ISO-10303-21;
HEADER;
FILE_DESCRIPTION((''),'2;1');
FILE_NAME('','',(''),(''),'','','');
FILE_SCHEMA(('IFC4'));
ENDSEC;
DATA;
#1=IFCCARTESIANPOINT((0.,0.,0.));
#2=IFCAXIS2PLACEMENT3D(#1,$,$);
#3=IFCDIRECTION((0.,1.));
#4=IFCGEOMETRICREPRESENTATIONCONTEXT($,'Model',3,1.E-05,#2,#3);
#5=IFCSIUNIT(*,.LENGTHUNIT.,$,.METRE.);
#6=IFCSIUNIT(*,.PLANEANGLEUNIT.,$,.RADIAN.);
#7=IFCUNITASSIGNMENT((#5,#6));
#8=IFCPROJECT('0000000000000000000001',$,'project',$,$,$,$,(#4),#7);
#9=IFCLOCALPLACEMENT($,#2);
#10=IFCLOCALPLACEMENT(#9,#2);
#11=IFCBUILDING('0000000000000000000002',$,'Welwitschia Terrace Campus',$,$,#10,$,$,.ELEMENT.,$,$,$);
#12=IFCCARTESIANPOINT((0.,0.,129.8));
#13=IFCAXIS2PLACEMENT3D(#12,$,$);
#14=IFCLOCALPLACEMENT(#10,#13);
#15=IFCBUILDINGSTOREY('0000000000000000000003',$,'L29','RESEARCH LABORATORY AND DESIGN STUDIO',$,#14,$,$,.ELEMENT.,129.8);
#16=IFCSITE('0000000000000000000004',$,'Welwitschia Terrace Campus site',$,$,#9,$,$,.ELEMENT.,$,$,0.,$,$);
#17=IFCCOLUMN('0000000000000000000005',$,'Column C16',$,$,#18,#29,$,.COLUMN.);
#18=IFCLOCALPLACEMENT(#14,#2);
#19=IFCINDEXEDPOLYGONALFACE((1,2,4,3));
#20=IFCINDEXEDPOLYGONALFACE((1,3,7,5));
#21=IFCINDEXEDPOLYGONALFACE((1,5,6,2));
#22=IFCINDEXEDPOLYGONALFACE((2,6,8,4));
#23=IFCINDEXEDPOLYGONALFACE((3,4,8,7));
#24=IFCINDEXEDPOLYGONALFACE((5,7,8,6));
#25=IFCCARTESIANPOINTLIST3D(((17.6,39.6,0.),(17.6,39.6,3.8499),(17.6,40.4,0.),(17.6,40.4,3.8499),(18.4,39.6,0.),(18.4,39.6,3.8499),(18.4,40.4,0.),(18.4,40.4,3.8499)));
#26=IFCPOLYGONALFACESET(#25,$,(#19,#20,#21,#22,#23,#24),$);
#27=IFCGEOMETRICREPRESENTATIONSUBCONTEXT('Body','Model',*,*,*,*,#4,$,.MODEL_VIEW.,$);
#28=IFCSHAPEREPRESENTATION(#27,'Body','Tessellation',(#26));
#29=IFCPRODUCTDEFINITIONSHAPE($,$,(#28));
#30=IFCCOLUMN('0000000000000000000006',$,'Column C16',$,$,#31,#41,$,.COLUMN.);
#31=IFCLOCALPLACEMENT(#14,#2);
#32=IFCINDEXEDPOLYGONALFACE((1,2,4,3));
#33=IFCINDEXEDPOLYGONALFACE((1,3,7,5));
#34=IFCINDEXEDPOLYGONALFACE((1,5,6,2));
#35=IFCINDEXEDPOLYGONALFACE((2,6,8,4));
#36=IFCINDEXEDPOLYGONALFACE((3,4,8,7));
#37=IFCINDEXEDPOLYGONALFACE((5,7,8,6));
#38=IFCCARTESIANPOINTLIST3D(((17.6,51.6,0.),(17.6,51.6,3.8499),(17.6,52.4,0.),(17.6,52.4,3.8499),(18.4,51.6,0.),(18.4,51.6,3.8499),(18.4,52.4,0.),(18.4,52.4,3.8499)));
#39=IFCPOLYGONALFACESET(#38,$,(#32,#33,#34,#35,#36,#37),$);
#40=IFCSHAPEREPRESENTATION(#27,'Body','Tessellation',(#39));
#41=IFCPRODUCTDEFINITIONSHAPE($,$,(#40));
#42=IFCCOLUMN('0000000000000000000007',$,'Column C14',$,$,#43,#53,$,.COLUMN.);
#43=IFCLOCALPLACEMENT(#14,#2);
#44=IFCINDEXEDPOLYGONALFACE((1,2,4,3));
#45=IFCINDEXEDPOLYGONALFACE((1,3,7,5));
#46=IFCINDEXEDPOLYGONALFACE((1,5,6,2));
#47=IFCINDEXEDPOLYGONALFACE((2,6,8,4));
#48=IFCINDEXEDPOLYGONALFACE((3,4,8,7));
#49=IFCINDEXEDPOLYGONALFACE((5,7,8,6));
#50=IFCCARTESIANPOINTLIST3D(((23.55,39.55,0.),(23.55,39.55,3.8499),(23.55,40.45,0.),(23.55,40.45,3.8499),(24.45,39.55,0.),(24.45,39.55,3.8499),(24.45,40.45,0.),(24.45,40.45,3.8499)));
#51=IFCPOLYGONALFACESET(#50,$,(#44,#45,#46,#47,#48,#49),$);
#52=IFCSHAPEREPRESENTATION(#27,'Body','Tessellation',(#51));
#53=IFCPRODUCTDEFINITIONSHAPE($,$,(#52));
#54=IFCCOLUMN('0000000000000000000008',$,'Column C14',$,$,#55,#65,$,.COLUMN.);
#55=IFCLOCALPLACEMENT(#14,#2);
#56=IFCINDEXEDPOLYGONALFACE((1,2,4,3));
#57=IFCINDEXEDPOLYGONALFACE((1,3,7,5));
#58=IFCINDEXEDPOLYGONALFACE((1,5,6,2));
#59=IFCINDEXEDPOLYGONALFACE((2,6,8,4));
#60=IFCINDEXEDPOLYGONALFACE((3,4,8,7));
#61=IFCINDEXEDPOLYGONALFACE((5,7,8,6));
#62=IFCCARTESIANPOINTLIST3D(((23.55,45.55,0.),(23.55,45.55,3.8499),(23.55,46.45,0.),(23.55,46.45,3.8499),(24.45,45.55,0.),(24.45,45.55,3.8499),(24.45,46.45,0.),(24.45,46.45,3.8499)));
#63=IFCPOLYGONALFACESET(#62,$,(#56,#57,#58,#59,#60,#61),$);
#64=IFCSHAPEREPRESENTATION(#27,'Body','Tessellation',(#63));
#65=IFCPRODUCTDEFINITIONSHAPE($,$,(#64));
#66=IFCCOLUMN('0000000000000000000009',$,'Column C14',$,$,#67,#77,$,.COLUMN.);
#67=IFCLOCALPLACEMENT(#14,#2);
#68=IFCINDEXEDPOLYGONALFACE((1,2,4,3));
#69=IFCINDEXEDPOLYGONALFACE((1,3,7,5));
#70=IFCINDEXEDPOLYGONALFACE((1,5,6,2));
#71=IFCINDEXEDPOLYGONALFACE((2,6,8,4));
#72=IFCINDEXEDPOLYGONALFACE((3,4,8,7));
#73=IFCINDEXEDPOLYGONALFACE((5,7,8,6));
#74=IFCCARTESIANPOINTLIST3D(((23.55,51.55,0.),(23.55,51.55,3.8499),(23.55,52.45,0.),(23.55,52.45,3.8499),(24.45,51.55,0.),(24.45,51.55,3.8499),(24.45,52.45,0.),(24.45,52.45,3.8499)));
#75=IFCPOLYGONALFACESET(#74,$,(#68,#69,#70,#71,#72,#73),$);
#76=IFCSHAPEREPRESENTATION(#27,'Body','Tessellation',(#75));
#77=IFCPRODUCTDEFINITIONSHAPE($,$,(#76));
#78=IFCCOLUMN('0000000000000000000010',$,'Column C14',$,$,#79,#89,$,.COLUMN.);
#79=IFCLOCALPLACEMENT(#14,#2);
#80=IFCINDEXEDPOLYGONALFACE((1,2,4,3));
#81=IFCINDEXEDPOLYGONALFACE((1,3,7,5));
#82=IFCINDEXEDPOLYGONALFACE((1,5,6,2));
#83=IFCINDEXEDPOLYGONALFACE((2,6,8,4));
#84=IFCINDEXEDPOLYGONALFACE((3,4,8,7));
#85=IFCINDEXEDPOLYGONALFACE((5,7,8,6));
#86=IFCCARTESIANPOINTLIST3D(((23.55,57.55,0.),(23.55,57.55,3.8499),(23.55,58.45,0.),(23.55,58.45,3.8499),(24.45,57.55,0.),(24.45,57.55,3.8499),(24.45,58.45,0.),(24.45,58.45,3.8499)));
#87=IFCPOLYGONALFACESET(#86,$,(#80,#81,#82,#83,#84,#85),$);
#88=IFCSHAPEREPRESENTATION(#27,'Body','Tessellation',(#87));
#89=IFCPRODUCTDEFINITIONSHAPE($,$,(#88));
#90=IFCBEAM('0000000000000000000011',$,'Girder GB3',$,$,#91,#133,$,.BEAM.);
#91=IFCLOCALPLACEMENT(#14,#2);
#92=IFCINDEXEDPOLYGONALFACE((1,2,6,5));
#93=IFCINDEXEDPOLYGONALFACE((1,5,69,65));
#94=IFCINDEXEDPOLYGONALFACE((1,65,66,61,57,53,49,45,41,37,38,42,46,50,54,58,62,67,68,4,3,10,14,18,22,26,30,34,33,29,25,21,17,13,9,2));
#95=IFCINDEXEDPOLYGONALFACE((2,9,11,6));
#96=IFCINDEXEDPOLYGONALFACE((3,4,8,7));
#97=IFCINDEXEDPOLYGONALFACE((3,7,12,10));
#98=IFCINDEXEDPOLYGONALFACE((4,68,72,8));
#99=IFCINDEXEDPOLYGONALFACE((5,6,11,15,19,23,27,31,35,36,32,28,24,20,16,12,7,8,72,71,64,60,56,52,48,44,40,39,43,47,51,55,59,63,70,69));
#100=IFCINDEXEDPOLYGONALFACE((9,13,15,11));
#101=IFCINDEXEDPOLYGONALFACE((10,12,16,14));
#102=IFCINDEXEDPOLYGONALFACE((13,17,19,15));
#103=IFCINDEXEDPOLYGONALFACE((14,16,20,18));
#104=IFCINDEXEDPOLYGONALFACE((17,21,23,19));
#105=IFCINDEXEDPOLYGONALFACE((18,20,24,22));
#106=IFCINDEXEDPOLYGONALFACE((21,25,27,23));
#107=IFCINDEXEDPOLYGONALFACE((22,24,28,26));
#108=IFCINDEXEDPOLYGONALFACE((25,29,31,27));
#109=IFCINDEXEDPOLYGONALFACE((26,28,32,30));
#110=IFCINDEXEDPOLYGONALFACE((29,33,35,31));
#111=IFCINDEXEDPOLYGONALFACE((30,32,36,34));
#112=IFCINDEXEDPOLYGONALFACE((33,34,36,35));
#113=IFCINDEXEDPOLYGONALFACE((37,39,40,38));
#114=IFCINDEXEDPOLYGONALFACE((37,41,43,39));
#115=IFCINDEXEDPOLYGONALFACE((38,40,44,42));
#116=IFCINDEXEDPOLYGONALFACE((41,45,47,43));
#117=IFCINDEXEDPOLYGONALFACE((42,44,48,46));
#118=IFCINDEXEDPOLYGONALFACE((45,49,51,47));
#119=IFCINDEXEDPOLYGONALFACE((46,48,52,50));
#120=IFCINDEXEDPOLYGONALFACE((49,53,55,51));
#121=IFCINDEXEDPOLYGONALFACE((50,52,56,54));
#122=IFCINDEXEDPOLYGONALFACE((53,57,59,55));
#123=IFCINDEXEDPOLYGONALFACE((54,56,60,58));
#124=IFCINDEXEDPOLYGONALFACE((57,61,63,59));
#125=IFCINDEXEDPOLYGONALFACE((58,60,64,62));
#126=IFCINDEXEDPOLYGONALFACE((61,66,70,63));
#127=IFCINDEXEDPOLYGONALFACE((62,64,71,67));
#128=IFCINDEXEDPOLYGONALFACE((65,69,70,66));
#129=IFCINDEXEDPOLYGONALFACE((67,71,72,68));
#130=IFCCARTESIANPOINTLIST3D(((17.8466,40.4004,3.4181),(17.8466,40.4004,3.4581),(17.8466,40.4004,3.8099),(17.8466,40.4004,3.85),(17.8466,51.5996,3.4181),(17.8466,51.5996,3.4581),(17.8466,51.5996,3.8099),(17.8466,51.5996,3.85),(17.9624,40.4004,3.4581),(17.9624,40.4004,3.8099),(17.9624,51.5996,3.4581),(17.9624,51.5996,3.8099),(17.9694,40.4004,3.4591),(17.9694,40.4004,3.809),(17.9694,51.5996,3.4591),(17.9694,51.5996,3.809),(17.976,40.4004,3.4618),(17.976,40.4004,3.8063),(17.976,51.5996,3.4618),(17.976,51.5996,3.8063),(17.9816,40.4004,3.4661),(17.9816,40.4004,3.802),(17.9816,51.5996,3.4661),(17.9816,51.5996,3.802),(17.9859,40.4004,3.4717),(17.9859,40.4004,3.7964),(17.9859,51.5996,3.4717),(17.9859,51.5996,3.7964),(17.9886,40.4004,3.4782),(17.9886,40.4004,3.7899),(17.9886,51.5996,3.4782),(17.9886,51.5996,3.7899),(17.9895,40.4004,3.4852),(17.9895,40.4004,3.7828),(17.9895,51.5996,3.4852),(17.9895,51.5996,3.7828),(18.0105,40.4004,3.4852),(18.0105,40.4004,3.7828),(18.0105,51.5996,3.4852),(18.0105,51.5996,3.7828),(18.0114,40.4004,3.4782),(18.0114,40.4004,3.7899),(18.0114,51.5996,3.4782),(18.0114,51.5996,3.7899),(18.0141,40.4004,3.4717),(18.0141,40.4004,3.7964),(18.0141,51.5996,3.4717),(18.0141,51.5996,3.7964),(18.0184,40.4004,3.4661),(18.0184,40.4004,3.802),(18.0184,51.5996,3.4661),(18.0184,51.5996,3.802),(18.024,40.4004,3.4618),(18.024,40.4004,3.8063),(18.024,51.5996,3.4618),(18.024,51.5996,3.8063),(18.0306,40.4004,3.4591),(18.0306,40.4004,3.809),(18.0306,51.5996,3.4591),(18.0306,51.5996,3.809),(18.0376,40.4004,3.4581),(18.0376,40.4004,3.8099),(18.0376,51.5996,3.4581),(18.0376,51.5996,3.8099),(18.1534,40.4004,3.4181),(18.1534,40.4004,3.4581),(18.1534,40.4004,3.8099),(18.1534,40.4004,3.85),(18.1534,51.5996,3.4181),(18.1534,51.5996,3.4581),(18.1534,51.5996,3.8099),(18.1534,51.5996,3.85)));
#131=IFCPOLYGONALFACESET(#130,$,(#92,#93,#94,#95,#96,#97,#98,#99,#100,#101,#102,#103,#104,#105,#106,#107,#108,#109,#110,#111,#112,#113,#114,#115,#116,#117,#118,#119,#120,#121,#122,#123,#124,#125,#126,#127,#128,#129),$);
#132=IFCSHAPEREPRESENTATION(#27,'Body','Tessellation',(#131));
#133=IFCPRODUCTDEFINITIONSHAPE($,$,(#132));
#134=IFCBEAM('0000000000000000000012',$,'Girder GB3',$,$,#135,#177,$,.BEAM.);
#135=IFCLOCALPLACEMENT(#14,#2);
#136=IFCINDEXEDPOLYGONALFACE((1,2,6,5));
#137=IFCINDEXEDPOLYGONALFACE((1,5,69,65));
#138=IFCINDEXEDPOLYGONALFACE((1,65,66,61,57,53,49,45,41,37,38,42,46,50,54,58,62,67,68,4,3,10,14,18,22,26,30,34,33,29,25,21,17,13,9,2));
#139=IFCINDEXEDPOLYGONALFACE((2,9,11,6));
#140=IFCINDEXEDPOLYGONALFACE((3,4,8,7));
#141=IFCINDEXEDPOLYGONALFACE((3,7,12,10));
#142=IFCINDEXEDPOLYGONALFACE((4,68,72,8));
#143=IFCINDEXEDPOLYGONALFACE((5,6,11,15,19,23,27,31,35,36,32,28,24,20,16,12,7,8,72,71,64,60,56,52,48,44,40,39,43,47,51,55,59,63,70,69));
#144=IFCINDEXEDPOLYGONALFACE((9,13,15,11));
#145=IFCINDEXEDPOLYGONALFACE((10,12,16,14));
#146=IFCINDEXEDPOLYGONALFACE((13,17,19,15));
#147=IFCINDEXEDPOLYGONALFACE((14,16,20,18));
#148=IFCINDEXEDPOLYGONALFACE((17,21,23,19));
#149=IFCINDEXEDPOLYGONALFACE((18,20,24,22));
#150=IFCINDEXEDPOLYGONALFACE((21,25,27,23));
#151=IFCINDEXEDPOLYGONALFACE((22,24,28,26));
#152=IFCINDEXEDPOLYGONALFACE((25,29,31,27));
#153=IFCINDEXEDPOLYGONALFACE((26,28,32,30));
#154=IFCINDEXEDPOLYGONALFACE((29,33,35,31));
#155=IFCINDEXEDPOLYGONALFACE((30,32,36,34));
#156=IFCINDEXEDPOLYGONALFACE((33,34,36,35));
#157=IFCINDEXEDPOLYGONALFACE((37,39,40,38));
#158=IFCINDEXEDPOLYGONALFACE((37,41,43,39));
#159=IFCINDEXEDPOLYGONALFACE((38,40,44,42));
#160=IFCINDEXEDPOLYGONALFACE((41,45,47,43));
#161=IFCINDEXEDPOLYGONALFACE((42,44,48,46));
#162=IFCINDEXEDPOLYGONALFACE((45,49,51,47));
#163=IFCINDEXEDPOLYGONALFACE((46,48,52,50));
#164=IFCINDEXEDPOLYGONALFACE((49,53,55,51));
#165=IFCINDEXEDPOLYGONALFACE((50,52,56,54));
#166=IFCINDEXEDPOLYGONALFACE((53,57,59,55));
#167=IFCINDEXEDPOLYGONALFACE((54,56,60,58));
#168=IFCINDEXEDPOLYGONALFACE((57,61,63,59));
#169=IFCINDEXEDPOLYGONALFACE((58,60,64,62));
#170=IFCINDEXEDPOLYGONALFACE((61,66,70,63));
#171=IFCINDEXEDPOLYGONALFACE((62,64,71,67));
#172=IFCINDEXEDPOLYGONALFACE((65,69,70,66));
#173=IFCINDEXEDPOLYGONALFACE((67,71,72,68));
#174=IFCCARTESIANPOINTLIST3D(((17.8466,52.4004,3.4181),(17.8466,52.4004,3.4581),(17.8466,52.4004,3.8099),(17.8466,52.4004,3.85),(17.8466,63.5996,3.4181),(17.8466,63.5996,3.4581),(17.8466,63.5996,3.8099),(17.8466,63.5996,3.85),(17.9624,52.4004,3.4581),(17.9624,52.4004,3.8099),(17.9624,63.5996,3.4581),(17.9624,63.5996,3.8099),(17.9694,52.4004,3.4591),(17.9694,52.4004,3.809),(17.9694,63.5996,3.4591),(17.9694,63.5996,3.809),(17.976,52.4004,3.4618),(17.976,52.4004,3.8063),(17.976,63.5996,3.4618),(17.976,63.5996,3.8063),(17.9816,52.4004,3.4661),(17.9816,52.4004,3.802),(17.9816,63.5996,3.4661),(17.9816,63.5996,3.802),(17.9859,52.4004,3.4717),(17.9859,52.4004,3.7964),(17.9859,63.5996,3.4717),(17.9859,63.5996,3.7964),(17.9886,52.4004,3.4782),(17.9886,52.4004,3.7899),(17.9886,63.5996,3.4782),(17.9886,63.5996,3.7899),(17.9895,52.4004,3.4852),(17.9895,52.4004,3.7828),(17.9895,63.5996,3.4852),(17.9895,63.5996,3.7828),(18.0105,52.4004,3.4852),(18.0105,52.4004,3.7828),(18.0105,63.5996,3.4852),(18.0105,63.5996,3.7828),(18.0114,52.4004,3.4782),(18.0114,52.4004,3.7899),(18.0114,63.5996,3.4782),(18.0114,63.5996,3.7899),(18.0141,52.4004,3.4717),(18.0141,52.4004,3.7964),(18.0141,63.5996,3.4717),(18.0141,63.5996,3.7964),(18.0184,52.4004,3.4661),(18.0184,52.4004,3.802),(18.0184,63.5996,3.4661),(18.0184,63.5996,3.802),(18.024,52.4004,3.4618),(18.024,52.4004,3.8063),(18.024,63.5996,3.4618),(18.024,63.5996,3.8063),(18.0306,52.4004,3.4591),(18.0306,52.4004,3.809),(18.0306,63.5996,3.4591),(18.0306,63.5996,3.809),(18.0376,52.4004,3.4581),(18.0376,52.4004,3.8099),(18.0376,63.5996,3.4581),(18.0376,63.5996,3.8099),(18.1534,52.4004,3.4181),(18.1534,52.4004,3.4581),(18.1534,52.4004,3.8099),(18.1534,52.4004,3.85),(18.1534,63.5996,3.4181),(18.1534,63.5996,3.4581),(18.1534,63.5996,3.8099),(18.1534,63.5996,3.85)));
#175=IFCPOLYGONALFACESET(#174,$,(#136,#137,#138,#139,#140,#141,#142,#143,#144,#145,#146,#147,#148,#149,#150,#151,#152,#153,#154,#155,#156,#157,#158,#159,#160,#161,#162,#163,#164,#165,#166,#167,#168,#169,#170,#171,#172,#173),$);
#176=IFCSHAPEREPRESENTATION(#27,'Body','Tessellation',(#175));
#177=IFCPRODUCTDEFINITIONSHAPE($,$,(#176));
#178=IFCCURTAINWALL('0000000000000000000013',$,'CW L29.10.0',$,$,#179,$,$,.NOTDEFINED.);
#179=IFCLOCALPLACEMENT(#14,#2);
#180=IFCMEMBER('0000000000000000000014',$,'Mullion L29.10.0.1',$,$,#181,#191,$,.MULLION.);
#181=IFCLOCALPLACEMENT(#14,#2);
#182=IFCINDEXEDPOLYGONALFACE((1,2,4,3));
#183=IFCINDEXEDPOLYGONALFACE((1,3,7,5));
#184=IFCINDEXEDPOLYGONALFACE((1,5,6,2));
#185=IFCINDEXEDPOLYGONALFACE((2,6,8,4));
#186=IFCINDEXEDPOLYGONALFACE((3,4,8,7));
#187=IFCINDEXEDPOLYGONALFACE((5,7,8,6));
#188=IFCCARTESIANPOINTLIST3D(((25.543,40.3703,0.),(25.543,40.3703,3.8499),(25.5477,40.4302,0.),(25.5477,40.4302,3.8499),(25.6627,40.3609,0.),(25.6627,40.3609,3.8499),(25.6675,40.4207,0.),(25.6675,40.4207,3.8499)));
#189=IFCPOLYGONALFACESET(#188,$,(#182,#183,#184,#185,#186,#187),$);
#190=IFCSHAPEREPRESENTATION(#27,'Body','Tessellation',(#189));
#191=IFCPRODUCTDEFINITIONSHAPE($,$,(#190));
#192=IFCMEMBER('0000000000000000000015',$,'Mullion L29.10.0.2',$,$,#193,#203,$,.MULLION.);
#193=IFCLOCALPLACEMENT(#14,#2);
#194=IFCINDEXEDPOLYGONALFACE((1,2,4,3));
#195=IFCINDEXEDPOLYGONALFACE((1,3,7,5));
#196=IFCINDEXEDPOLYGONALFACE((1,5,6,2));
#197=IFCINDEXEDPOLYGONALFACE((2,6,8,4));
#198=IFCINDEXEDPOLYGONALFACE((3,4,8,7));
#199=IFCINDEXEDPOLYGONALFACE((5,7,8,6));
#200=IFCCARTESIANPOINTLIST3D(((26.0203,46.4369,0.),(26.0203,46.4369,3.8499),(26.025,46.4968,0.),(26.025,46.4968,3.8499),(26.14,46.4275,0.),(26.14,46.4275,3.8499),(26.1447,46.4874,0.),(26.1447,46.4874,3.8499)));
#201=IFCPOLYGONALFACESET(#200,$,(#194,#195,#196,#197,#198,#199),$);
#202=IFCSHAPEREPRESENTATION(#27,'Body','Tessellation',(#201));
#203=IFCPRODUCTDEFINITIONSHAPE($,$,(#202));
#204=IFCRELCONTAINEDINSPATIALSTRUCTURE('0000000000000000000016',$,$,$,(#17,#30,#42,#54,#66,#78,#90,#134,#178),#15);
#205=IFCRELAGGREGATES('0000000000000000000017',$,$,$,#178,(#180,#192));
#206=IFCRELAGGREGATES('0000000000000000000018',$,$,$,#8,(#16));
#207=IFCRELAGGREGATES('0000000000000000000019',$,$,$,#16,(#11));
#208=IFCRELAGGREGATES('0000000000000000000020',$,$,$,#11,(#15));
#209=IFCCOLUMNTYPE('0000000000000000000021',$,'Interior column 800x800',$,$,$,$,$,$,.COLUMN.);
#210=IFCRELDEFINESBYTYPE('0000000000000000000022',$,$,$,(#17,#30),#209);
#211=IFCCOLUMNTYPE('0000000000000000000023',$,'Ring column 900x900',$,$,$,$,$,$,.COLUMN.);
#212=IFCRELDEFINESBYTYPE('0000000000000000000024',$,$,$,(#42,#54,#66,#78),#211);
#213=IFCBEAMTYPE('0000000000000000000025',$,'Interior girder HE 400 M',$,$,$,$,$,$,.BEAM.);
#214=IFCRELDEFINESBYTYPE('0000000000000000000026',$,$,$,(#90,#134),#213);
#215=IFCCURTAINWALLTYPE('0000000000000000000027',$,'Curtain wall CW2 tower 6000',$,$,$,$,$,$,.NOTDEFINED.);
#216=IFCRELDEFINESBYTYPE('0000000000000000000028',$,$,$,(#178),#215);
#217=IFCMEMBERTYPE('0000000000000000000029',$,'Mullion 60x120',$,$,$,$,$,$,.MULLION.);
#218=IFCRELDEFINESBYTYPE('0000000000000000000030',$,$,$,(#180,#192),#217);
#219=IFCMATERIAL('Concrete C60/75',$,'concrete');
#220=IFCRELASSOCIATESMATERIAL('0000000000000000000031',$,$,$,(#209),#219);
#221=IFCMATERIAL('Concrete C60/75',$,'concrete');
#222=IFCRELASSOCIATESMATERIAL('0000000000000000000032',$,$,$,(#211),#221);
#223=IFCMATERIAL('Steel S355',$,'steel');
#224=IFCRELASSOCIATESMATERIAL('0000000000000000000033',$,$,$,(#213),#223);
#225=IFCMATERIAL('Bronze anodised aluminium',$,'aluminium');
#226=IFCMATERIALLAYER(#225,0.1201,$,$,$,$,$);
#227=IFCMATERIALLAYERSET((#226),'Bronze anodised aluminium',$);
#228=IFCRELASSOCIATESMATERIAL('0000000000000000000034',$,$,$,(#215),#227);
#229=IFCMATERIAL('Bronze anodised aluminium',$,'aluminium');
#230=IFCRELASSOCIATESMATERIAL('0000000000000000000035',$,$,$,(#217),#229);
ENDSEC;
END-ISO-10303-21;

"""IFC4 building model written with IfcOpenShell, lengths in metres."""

from ifc_helpers import new_model, si_unit, direction, frame, origin, origin_2d, place, context, subcontext, project, spatial, rectangle, i_section, extrude, material, layer, layer_set, material_profile, profile_set, type_object, element, aggregate, save


model = new_model("IFC4")

# Units and contexts
model_context = context("Model", 3, precision=1e-05, world=origin(), true_north=direction((0.0, 1.0)))
body_context = subcontext(model_context, "Body", "Model", "MODEL_VIEW")
ifc_project = project(units=[si_unit("LENGTHUNIT", "METRE"), si_unit("PLANEANGLEUNIT", "RADIAN")], contexts=[model_context])

# Site, building, storey
site_placement = place(None, origin())
site = spatial("IfcSite", under=ifc_project, at=site_placement, Name="Welwitschia Terrace Campus site", CompositionType="ELEMENT", RefElevation=0.0)
building_placement = place(site_placement, origin())
building = spatial("IfcBuilding", under=site, at=building_placement, Name="Welwitschia Terrace Campus", CompositionType="ELEMENT")
storey_placement = place(building_placement, frame((0.0, 0.0, 129.8)))
storey = spatial("IfcBuildingStorey", under=building, at=storey_placement, Name="L29", Description="RESEARCH LABORATORY AND DESIGN STUDIO", CompositionType="ELEMENT", Elevation=129.8)

# Columns
ifc_material_1 = material(Name="Concrete C60/75", Category="concrete")
ifc_material_profile_1 = material_profile(ifc_material_1, rectangle(XDim=0.8, YDim=0.8, at=origin_2d()))
ifc_profile_set_1 = profile_set([ifc_material_profile_1], Name="Concrete C60/75")
column_type_1 = type_object("IfcColumnType", Name="Interior column 800x800", PredefinedType="COLUMN", material=ifc_profile_set_1)
for number, where, z_axis, x_axis, name in (
    (1, (18.0, 40.0, 0.0), (0.0, 0.0, 1.0), (1.0, 0.0, 0.0), "Column C16"),
    (2, (18.0, 52.0, 0.0), (0.0, 0.0, 1.0), (1.0, 0.0, 0.0), "Column C16"),
):
    element("IfcColumn", number, at=place(storey_placement, frame(where, z_axis=z_axis, x_axis=x_axis)), inside=storey, type_object=column_type_1, Name=name, PredefinedType="COLUMN", context=body_context, shape_type="SweptSolid", body=[
        extrude(rectangle(XDim=0.8, YDim=0.8, at=origin_2d()), origin(), (0.0, 0.0, 1.0), 3.8499),
    ])
ifc_material_2 = material(Name="Concrete C60/75", Category="concrete")
ifc_material_profile_2 = material_profile(ifc_material_2, rectangle(XDim=0.8999, YDim=0.8999, at=origin_2d()))
ifc_profile_set_2 = profile_set([ifc_material_profile_2], Name="Concrete C60/75")
column_type_2 = type_object("IfcColumnType", Name="Ring column 900x900", PredefinedType="COLUMN", material=ifc_profile_set_2)
for number, where, z_axis, x_axis, name in (
    (3, (24.0, 40.0, 0.0), (0.0, 0.0, 1.0), (1.0, 0.0, 0.0), "Column C14"),
    (4, (24.0, 46.0, 0.0), (0.0, 0.0, 1.0), (1.0, 0.0, 0.0), "Column C14"),
    (5, (24.0, 52.0, 0.0), (0.0, 0.0, 1.0), (1.0, 0.0, 0.0), "Column C14"),
    (6, (24.0, 58.0, 0.0), (0.0, 0.0, 1.0), (1.0, 0.0, 0.0), "Column C14"),
):
    element("IfcColumn", number, at=place(storey_placement, frame(where, z_axis=z_axis, x_axis=x_axis)), inside=storey, type_object=column_type_2, Name=name, PredefinedType="COLUMN", context=body_context, shape_type="SweptSolid", body=[
        extrude(rectangle(XDim=0.8999, YDim=0.8999, at=origin_2d()), origin(), (0.0, 0.0, 1.0), 3.8499),
    ])

# Beams
ifc_material_3 = material(Name="Steel S355", Category="steel")
ifc_material_profile_3 = material_profile(ifc_material_3, i_section(OverallWidth=0.3069, OverallDepth=0.4319, WebThickness=0.021, FlangeThickness=0.04, FilletRadius=0.0271, at=origin_2d()))
ifc_profile_set_3 = profile_set([ifc_material_profile_3], Name="Steel S355")
beam_type_1 = type_object("IfcBeamType", Name="Interior girder HE 400 M", PredefinedType="BEAM", material=ifc_profile_set_3)
for number, where, z_axis, x_axis, name in (
    (7, (18.0, 40.4004, 3.634), (0.0, 1.0, 0.0), (-1.0, 0.0, 0.0), "Girder GB3"),
    (8, (18.0, 52.4004, 3.634), (0.0, 1.0, 0.0), (-1.0, 0.0, 0.0), "Girder GB3"),
):
    element("IfcBeam", number, at=place(storey_placement, frame(where, z_axis=z_axis, x_axis=x_axis)), inside=storey, type_object=beam_type_1, Name=name, PredefinedType="BEAM", context=body_context, shape_type="SweptSolid", body=[
        extrude(i_section(OverallWidth=0.3069, OverallDepth=0.4319, WebThickness=0.021, FlangeThickness=0.04, FilletRadius=0.0271, at=origin_2d()), origin(), (0.0, 0.0, 1.0), 11.1992),
    ])

# Curtain wall, members
ifc_material_4 = material(Name="Bronze anodised aluminium", Category="aluminium")
ifc_layer_1 = layer(ifc_material_4, 0.1201)
ifc_layer_set_1 = layer_set([ifc_layer_1], Name="Bronze anodised aluminium")
curtain_wall_type = type_object("IfcCurtainWallType", Name="Curtain wall CW2 tower 6000", PredefinedType="NOTDEFINED", material=ifc_layer_set_1)
curtain_wall_placement = place(storey_placement, origin())
curtain_wall = element("IfcCurtainWall", 9, at=curtain_wall_placement, inside=storey, type_object=curtain_wall_type, Name="CW L29.10.0", PredefinedType="NOTDEFINED")
ifc_material_5 = material(Name="Bronze anodised aluminium", Category="aluminium")
ifc_material_profile_4 = material_profile(ifc_material_5, rectangle(XDim=0.1201, YDim=0.0601, at=origin_2d()))
ifc_profile_set_4 = profile_set([ifc_material_profile_4], Name="Bronze anodised aluminium")
member_type = type_object("IfcMemberType", Name="Mullion 60x120", PredefinedType="MULLION", material=ifc_profile_set_4)
member_1_placement = place(storey_placement, frame((25.6052, 40.3955, 0.0), z_axis=(0.0, 0.0, 1.0), x_axis=(-0.996917, 0.078459, 0.0)))
member_1 = element("IfcMember", 10, at=member_1_placement, type_object=member_type, Name="Mullion L29.10.0.1", PredefinedType="MULLION", context=body_context, shape_type="SweptSolid", body=[
    extrude(rectangle(XDim=0.1201, YDim=0.0601, at=origin_2d()), origin(), (0.0, 0.0, 1.0), 3.8499),
])
member_2_placement = place(storey_placement, frame((26.0825, 46.4622, 0.0), z_axis=(0.0, 0.0, 1.0), x_axis=(-0.996917, 0.078459, 0.0)))
member_2 = element("IfcMember", 11, at=member_2_placement, type_object=member_type, Name="Mullion L29.10.0.2", PredefinedType="MULLION", context=body_context, shape_type="SweptSolid", body=[
    extrude(rectangle(XDim=0.1201, YDim=0.0601, at=origin_2d()), origin(), (0.0, 0.0, 1.0), 3.8499),
])

aggregate(curtain_wall, [member_1, member_2])

save(model, "model.ifc")
